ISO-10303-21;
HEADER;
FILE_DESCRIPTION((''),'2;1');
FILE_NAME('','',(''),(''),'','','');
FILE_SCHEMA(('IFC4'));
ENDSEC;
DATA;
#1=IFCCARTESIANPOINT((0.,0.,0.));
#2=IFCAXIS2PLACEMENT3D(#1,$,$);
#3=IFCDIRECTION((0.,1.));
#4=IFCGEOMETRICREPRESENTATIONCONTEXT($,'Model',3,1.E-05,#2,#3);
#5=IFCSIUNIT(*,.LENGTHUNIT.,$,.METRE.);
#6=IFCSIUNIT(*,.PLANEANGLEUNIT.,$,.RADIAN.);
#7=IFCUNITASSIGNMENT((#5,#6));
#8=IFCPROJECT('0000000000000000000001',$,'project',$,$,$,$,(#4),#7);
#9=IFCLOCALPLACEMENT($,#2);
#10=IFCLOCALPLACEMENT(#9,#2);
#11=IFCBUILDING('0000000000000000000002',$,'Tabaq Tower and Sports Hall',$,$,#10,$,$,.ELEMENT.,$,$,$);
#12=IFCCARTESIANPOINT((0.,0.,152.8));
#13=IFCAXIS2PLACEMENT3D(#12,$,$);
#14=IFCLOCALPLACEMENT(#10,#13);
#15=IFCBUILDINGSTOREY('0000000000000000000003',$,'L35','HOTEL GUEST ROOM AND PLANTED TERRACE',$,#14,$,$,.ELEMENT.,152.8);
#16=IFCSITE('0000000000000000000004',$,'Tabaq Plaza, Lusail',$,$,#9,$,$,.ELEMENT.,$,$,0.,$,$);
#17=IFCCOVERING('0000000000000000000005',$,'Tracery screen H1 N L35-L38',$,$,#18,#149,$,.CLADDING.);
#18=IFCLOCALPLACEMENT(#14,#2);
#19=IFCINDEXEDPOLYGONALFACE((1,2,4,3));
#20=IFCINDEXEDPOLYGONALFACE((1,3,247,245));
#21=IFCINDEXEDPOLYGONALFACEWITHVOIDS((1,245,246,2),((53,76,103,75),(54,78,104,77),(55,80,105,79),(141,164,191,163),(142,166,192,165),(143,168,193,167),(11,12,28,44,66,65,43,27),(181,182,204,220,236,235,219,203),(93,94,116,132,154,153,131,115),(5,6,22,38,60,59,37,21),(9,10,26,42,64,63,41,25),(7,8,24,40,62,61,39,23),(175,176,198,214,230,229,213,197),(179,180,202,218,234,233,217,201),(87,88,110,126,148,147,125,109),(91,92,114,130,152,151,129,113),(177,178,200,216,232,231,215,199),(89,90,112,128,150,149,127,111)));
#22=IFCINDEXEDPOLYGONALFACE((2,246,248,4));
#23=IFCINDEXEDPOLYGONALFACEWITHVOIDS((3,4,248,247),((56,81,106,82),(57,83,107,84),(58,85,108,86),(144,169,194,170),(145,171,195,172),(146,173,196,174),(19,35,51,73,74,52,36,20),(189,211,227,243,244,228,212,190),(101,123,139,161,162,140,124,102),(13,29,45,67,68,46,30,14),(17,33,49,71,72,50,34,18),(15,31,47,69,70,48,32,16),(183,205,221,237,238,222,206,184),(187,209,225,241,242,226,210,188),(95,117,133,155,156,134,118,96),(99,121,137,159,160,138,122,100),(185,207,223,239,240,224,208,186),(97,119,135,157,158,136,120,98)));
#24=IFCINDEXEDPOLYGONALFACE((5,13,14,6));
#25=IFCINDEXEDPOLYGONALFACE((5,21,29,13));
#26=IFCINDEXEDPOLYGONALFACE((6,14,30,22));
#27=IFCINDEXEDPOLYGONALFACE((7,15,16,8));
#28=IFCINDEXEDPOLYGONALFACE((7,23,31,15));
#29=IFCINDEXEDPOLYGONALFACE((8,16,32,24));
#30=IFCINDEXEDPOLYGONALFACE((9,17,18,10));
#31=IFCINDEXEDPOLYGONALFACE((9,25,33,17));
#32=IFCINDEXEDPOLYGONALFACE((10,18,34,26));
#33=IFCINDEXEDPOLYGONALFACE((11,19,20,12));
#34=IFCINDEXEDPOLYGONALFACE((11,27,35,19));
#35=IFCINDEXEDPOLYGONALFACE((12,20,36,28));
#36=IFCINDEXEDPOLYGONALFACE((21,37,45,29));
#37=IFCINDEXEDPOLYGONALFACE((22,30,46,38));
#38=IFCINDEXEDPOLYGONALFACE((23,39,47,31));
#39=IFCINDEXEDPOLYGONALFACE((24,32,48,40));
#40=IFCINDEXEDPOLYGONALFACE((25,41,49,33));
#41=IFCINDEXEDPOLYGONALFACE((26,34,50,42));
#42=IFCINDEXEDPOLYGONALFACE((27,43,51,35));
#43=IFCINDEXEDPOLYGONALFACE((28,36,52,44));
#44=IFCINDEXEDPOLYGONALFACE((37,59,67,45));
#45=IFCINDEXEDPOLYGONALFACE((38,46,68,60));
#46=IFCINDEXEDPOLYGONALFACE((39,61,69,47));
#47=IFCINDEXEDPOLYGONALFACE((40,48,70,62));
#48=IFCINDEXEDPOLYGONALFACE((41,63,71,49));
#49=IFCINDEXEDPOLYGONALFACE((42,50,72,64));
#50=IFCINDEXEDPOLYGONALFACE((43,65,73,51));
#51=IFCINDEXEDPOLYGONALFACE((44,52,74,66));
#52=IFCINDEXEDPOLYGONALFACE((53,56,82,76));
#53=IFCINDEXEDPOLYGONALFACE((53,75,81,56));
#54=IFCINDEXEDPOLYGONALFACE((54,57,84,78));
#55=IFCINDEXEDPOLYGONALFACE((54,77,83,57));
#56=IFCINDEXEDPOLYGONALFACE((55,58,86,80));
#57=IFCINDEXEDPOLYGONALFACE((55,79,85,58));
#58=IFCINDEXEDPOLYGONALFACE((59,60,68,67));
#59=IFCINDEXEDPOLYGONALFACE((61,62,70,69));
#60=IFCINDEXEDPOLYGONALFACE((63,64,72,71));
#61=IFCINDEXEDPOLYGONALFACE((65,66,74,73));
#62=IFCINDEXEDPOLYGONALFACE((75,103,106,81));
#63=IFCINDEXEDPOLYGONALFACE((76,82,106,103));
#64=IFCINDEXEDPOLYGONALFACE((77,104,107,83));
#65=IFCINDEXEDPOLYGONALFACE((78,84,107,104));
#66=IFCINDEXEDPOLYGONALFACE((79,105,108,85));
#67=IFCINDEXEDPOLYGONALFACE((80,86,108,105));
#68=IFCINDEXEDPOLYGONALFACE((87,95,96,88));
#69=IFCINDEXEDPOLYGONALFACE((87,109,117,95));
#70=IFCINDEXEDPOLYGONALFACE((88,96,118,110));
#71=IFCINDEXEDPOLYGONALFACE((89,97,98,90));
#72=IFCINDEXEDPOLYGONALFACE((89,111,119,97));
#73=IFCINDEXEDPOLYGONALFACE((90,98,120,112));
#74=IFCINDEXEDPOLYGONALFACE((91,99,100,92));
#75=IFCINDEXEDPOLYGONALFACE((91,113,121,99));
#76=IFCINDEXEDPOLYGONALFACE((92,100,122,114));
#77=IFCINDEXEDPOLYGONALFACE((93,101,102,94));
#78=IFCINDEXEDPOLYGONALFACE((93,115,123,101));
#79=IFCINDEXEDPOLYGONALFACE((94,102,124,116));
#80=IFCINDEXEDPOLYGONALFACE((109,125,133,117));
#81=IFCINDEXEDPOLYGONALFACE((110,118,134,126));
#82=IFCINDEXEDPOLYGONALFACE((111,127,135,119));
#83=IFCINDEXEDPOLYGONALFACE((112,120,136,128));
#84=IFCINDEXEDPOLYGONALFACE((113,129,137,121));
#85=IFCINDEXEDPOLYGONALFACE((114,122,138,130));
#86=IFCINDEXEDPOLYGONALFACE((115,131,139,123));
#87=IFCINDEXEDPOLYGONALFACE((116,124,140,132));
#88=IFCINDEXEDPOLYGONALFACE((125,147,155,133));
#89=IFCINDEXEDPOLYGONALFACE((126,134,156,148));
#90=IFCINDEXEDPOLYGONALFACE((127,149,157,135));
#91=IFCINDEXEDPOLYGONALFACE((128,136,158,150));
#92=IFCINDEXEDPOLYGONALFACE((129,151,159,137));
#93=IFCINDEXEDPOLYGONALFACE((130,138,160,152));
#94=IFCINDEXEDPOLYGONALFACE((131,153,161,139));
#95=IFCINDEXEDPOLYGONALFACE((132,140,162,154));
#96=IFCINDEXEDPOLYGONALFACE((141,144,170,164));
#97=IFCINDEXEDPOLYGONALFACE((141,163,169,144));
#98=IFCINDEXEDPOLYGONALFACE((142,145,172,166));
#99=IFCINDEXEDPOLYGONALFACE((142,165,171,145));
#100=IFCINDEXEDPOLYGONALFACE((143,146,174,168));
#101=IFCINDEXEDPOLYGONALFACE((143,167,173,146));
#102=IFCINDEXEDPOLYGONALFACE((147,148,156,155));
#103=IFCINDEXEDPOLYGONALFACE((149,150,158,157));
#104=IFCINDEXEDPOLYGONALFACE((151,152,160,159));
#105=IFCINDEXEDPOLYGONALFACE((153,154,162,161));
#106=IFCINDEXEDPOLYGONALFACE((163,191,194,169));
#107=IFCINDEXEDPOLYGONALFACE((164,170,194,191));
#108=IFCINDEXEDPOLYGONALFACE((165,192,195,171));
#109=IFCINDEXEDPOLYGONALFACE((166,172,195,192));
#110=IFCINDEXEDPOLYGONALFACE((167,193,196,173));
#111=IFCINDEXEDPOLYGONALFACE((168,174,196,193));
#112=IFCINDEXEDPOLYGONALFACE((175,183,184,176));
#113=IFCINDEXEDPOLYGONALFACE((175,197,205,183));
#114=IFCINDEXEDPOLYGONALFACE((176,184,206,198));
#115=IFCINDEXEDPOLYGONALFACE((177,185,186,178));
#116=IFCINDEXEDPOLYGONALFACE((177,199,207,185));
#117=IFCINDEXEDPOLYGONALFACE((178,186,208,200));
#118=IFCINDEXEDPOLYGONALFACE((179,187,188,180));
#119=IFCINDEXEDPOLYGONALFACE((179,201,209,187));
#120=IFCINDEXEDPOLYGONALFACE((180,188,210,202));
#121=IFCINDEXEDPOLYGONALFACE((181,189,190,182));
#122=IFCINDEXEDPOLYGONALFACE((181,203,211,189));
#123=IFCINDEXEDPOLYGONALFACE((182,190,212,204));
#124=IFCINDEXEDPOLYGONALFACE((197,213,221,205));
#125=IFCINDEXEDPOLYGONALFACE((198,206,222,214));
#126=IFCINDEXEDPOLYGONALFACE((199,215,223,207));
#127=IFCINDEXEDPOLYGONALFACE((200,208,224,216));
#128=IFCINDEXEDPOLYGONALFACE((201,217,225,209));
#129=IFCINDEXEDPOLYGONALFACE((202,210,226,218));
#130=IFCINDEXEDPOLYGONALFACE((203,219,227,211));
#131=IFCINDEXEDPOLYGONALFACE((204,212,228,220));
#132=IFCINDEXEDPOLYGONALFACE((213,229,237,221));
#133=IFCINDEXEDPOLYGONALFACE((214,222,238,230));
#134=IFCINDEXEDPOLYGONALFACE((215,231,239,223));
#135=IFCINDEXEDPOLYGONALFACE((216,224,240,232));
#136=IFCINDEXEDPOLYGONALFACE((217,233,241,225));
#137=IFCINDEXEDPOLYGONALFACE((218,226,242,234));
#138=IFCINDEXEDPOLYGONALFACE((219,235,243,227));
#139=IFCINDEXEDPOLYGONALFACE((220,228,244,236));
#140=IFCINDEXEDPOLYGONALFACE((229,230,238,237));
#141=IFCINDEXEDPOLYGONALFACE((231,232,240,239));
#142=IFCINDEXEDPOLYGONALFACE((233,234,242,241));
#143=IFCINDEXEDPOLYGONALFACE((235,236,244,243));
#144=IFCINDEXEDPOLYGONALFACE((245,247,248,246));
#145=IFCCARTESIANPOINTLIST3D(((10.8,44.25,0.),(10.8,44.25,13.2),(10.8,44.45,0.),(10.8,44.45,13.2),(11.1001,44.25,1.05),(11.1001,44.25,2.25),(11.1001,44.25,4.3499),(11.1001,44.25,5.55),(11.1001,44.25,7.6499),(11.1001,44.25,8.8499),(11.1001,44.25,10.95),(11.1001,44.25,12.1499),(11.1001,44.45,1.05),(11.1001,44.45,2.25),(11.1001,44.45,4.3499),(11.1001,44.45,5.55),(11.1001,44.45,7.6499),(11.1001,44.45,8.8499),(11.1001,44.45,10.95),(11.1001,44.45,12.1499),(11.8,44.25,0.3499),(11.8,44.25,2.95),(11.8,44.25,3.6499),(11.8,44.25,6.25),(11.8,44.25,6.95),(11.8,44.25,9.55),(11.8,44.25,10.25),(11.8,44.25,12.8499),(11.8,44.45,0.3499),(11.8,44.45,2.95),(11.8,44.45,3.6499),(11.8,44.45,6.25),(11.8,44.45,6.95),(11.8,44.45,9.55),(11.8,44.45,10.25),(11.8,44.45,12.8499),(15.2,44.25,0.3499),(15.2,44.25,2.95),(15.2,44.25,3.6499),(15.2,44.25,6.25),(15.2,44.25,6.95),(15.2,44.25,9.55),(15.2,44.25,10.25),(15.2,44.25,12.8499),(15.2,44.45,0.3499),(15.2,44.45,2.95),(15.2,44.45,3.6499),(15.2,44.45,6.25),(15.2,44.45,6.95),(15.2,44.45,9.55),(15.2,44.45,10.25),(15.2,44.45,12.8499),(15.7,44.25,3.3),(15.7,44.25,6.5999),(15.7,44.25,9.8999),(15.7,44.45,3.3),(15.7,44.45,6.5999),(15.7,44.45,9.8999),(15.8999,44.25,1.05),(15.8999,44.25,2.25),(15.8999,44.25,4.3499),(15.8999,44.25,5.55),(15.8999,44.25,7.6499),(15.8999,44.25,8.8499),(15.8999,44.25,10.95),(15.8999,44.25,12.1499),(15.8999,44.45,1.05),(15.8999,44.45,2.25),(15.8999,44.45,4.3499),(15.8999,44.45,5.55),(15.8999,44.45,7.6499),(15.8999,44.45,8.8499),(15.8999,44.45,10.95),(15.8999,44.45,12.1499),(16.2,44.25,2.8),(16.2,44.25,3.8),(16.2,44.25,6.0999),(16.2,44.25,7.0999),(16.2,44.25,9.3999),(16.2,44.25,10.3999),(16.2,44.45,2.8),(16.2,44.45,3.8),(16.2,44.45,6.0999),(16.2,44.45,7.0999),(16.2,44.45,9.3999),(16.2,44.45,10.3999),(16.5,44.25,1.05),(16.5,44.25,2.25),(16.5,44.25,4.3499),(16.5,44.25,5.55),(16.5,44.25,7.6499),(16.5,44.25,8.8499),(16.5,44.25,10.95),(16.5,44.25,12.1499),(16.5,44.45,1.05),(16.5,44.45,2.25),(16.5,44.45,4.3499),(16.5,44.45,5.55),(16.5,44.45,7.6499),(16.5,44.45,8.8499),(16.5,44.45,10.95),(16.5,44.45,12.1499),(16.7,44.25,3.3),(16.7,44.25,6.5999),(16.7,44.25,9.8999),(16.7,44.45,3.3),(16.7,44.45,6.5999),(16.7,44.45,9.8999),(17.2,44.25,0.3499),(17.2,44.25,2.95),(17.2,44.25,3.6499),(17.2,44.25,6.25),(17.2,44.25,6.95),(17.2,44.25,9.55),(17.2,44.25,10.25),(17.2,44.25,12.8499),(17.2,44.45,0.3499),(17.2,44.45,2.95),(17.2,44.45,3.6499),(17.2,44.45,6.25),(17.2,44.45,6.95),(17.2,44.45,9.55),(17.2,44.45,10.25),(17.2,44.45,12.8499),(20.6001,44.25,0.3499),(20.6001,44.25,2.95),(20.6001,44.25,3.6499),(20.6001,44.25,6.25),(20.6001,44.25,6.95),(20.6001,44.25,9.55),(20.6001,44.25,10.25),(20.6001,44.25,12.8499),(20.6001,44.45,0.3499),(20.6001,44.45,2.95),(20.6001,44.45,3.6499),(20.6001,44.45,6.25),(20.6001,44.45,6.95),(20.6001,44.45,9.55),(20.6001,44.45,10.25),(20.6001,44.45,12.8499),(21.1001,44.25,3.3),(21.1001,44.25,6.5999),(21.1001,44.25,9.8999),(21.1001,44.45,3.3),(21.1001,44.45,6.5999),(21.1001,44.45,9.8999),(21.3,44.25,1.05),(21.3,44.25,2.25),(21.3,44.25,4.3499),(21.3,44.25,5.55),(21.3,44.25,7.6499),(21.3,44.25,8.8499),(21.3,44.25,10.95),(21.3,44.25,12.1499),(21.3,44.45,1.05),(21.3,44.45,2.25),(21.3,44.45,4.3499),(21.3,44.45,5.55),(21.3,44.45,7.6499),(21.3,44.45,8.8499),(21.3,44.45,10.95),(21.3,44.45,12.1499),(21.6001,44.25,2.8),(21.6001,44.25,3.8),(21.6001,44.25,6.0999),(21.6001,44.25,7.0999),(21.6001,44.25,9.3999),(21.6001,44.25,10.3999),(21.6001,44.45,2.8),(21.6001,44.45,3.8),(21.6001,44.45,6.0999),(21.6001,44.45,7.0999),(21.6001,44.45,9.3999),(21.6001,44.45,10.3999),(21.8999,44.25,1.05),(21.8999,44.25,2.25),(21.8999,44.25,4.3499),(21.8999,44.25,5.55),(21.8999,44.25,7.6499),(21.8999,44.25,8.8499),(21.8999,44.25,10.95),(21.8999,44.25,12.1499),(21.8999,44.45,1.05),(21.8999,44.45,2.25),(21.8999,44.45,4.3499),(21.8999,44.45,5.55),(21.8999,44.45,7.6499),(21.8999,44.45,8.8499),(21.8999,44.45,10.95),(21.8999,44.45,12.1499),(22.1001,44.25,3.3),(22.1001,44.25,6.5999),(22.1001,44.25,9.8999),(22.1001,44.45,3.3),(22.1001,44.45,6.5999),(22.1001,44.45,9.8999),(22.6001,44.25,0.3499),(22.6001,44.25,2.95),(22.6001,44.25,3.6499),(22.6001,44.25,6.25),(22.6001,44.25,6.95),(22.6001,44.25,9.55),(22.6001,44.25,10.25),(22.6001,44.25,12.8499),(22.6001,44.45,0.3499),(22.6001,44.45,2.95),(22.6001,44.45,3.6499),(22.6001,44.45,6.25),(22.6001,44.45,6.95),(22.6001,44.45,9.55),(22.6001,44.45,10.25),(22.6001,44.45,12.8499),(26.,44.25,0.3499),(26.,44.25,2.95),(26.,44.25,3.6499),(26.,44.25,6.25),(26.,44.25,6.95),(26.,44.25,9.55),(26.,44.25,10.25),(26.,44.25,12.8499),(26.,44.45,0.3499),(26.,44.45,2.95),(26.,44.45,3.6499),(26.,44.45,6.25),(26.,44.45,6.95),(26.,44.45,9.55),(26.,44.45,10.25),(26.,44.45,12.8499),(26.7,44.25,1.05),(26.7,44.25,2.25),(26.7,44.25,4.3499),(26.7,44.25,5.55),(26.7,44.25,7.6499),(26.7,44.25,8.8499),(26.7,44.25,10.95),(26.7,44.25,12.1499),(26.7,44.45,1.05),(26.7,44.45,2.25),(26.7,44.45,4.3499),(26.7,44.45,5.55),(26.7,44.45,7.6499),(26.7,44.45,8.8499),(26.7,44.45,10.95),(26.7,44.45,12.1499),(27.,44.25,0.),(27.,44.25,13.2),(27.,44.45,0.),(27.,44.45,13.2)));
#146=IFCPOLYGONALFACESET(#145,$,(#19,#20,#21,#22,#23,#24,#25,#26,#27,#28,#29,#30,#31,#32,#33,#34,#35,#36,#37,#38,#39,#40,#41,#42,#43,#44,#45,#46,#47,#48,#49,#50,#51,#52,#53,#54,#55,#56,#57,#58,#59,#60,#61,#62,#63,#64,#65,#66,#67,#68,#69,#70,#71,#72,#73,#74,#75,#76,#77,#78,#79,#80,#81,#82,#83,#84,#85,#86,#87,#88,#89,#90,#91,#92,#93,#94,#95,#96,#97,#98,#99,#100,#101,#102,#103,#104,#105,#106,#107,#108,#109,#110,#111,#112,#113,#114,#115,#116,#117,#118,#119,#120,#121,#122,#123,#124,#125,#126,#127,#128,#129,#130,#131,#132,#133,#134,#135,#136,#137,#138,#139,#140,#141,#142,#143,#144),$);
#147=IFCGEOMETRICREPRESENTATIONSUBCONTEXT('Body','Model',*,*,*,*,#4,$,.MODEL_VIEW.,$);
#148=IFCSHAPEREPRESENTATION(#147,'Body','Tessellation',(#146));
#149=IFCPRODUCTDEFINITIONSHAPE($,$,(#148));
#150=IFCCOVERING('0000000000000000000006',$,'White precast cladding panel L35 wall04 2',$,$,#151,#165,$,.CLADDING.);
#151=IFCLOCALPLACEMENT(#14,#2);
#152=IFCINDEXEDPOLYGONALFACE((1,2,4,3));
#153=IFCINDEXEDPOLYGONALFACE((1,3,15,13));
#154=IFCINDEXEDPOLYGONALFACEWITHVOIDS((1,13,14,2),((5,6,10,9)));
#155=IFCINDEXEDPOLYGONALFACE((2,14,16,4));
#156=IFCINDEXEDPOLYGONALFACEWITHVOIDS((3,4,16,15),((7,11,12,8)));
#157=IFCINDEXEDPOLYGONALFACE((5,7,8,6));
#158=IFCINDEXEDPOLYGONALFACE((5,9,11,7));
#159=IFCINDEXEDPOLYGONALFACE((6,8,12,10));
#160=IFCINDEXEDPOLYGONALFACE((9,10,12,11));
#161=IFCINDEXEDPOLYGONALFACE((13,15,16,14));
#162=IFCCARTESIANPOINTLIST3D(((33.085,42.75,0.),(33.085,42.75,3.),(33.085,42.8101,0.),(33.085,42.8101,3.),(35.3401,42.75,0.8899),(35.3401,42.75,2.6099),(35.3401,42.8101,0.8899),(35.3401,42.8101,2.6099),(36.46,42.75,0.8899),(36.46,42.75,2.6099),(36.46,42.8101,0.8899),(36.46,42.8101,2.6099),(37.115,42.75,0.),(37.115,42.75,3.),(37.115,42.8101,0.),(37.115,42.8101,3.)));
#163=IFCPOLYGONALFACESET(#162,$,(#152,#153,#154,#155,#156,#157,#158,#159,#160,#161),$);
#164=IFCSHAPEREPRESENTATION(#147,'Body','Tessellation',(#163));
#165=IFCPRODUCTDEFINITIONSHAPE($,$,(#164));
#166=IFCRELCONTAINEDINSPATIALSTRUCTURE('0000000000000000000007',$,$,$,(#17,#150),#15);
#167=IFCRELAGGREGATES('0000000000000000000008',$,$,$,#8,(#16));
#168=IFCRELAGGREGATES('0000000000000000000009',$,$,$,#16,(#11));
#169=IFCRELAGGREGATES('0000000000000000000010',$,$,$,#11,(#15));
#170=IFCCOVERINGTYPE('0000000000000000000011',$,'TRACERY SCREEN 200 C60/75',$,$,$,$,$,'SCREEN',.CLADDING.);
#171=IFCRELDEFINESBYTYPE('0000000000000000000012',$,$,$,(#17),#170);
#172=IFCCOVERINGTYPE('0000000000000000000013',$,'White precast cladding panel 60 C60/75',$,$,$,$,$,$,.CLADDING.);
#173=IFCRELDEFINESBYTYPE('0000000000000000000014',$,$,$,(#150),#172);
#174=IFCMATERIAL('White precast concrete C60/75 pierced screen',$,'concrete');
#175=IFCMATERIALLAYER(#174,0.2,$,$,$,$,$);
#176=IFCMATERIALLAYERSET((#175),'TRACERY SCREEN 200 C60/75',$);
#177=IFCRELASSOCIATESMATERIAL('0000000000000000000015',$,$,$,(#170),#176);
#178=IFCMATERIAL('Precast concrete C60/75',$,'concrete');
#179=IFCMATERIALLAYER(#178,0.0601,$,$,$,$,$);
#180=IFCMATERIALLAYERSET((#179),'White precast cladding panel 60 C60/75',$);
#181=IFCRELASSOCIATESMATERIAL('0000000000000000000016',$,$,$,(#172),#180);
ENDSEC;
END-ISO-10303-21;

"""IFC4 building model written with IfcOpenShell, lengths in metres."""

from ifc_helpers import new_model, si_unit, direction, frame, origin, place, context, subcontext, project, spatial, polyline, outline, extrude, material, layer, layer_set, type_object, element, save


model = new_model("IFC4")

# Units and contexts
model_context = context("Model", 3, precision=1e-05, world=origin(), true_north=direction((0.0, 1.0)))
body_context = subcontext(model_context, "Body", "Model", "MODEL_VIEW")
ifc_project = project(units=[si_unit("LENGTHUNIT", "METRE"), si_unit("PLANEANGLEUNIT", "RADIAN")], contexts=[model_context])

# Site, building, storey
site_placement = place(None, origin())
site = spatial("IfcSite", under=ifc_project, at=site_placement, Name="Tabaq Plaza, Lusail", CompositionType="ELEMENT", RefElevation=0.0)
building_placement = place(site_placement, origin())
building = spatial("IfcBuilding", under=site, at=building_placement, Name="Tabaq Tower and Sports Hall", CompositionType="ELEMENT")
storey_placement = place(building_placement, frame((0.0, 0.0, 152.8)))
storey = spatial("IfcBuildingStorey", under=building, at=storey_placement, Name="L35", Description="HOTEL GUEST ROOM AND PLANTED TERRACE", CompositionType="ELEMENT", Elevation=152.8)

# Coverings
ifc_material_1 = material(Name="White precast concrete C60/75 pierced screen", Category="concrete")
ifc_layer_1 = layer(ifc_material_1, 0.2)
ifc_layer_set_1 = layer_set([ifc_layer_1], Name="TRACERY SCREEN 200 C60/75")
covering_type_1 = type_object("IfcCoveringType", Name="TRACERY SCREEN 200 C60/75", ElementType="SCREEN", PredefinedType="CLADDING", material=ifc_layer_set_1)
covering_1_placement = place(storey_placement, frame((27.0, 44.3501, 0.0), z_axis=(0.0, 0.0, 1.0), x_axis=(-1.0, 0.0, 0.0)))
element("IfcCovering", 1, at=covering_1_placement, inside=storey, type_object=covering_type_1, Name="Tracery screen H1 N L35-L38", PredefinedType="CLADDING", context=body_context, shape_type="SweptSolid", body=[
    extrude(outline(polyline([(0.0, 0.0), (16.2, 0.0), (16.2, 13.2), (0.0, 13.2), (0.0, 0.0)]), holes=[polyline([(1.0, 0.3499), (4.3999, 0.3499), (5.1001, 1.05), (5.1001, 2.25), (4.3999, 2.95), (1.0, 2.95), (0.3, 2.25), (0.3, 1.05), (1.0, 0.3499)]), polyline([(6.3999, 0.3499), (9.8, 0.3499), (10.5, 1.05), (10.5, 2.25), (9.8, 2.95), (6.3999, 2.95), (5.7, 2.25), (5.7, 1.05), (6.3999, 0.3499)]), polyline([(11.8, 0.3499), (15.2, 0.3499), (15.8999, 1.05), (15.8999, 2.25), (15.2, 2.95), (11.8, 2.95), (11.1001, 2.25), (11.1001, 1.05), (11.8, 0.3499)]), polyline([(1.0, 3.6499), (4.3999, 3.6499), (5.1001, 4.3499), (5.1001, 5.55), (4.3999, 6.25), (1.0, 6.25), (0.3, 5.55), (0.3, 4.3499), (1.0, 3.6499)]), polyline([(6.3999, 3.6499), (9.8, 3.6499), (10.5, 4.3499), (10.5, 5.55), (9.8, 6.25), (6.3999, 6.25), (5.7, 5.55), (5.7, 4.3499), (6.3999, 3.6499)]), polyline([(11.8, 3.6499), (15.2, 3.6499), (15.8999, 4.3499), (15.8999, 5.55), (15.2, 6.25), (11.8, 6.25), (11.1001, 5.55), (11.1001, 4.3499), (11.8, 3.6499)]), polyline([(1.0, 6.95), (4.3999, 6.95), (5.1001, 7.6499), (5.1001, 8.8499), (4.3999, 9.55), (1.0, 9.55), (0.3, 8.8499), (0.3, 7.6499), (1.0, 6.95)]), polyline([(6.3999, 6.95), (9.8, 6.95), (10.5, 7.6499), (10.5, 8.8499), (9.8, 9.55), (6.3999, 9.55), (5.7, 8.8499), (5.7, 7.6499), (6.3999, 6.95)]), polyline([(11.8, 6.95), (15.2, 6.95), (15.8999, 7.6499), (15.8999, 8.8499), (15.2, 9.55), (11.8, 9.55), (11.1001, 8.8499), (11.1001, 7.6499), (11.8, 6.95)]), polyline([(1.0, 10.25), (4.3999, 10.25), (5.1001, 10.95), (5.1001, 12.1499), (4.3999, 12.8499), (1.0, 12.8499), (0.3, 12.1499), (0.3, 10.95), (1.0, 10.25)]), polyline([(6.3999, 10.25), (9.8, 10.25), (10.5, 10.95), (10.5, 12.1499), (9.8, 12.8499), (6.3999, 12.8499), (5.7, 12.1499), (5.7, 10.95), (6.3999, 10.25)]), polyline([(11.8, 10.25), (15.2, 10.25), (15.8999, 10.95), (15.8999, 12.1499), (15.2, 12.8499), (11.8, 12.8499), (11.1001, 12.1499), (11.1001, 10.95), (11.8, 10.25)]), polyline([(5.8999, 3.3), (5.3999, 3.8), (4.8999, 3.3), (5.3999, 2.8), (5.8999, 3.3)]), polyline([(11.3, 3.3), (10.8, 3.8), (10.3, 3.3), (10.8, 2.8), (11.3, 3.3)]), polyline([(5.8999, 6.5999), (5.3999, 7.0999), (4.8999, 6.5999), (5.3999, 6.0999), (5.8999, 6.5999)]), polyline([(11.3, 6.5999), (10.8, 7.0999), (10.3, 6.5999), (10.8, 6.0999), (11.3, 6.5999)]), polyline([(5.8999, 9.8999), (5.3999, 10.3999), (4.8999, 9.8999), (5.3999, 9.3999), (5.8999, 9.8999)]), polyline([(11.3, 9.8999), (10.8, 10.3999), (10.3, 9.8999), (10.8, 9.3999), (11.3, 9.8999)])]), frame((0.0, 0.1001, 0.0), z_axis=(0.0, -1.0, 0.0), x_axis=(1.0, 0.0, 0.0)), (0.0, 0.0, 1.0), 0.2),
])
ifc_material_2 = material(Name="Precast concrete C60/75", Category="concrete")
ifc_layer_2 = layer(ifc_material_2, 0.0601)
ifc_layer_set_2 = layer_set([ifc_layer_2], Name="White precast cladding panel 60 C60/75")
covering_type_2 = type_object("IfcCoveringType", Name="White precast cladding panel 60 C60/75", PredefinedType="CLADDING", material=ifc_layer_set_2)
covering_2_placement = place(storey_placement, frame((37.115, 42.78, 0.0), z_axis=(0.0, 0.0, 1.0), x_axis=(-1.0, 0.0, 0.0)))
element("IfcCovering", 2, at=covering_2_placement, inside=storey, type_object=covering_type_2, Name="White precast cladding panel L35 wall04 2", PredefinedType="CLADDING", context=body_context, shape_type="SweptSolid", body=[
    extrude(outline(polyline([(0.0, 0.0), (4.03, 0.0), (4.03, 3.0), (0.0, 3.0), (0.0, 0.0)]), holes=[polyline([(0.655, 0.8899), (0.655, 2.6099), (1.7749, 2.6099), (1.7749, 0.8899), (0.655, 0.8899)])]), frame((0.0, 0.03, 0.0), z_axis=(0.0, -1.0, 0.0), x_axis=(1.0, 0.0, 0.0)), (0.0, 0.0, 1.0), 0.0601),
])

save(model, "model.ifc")
